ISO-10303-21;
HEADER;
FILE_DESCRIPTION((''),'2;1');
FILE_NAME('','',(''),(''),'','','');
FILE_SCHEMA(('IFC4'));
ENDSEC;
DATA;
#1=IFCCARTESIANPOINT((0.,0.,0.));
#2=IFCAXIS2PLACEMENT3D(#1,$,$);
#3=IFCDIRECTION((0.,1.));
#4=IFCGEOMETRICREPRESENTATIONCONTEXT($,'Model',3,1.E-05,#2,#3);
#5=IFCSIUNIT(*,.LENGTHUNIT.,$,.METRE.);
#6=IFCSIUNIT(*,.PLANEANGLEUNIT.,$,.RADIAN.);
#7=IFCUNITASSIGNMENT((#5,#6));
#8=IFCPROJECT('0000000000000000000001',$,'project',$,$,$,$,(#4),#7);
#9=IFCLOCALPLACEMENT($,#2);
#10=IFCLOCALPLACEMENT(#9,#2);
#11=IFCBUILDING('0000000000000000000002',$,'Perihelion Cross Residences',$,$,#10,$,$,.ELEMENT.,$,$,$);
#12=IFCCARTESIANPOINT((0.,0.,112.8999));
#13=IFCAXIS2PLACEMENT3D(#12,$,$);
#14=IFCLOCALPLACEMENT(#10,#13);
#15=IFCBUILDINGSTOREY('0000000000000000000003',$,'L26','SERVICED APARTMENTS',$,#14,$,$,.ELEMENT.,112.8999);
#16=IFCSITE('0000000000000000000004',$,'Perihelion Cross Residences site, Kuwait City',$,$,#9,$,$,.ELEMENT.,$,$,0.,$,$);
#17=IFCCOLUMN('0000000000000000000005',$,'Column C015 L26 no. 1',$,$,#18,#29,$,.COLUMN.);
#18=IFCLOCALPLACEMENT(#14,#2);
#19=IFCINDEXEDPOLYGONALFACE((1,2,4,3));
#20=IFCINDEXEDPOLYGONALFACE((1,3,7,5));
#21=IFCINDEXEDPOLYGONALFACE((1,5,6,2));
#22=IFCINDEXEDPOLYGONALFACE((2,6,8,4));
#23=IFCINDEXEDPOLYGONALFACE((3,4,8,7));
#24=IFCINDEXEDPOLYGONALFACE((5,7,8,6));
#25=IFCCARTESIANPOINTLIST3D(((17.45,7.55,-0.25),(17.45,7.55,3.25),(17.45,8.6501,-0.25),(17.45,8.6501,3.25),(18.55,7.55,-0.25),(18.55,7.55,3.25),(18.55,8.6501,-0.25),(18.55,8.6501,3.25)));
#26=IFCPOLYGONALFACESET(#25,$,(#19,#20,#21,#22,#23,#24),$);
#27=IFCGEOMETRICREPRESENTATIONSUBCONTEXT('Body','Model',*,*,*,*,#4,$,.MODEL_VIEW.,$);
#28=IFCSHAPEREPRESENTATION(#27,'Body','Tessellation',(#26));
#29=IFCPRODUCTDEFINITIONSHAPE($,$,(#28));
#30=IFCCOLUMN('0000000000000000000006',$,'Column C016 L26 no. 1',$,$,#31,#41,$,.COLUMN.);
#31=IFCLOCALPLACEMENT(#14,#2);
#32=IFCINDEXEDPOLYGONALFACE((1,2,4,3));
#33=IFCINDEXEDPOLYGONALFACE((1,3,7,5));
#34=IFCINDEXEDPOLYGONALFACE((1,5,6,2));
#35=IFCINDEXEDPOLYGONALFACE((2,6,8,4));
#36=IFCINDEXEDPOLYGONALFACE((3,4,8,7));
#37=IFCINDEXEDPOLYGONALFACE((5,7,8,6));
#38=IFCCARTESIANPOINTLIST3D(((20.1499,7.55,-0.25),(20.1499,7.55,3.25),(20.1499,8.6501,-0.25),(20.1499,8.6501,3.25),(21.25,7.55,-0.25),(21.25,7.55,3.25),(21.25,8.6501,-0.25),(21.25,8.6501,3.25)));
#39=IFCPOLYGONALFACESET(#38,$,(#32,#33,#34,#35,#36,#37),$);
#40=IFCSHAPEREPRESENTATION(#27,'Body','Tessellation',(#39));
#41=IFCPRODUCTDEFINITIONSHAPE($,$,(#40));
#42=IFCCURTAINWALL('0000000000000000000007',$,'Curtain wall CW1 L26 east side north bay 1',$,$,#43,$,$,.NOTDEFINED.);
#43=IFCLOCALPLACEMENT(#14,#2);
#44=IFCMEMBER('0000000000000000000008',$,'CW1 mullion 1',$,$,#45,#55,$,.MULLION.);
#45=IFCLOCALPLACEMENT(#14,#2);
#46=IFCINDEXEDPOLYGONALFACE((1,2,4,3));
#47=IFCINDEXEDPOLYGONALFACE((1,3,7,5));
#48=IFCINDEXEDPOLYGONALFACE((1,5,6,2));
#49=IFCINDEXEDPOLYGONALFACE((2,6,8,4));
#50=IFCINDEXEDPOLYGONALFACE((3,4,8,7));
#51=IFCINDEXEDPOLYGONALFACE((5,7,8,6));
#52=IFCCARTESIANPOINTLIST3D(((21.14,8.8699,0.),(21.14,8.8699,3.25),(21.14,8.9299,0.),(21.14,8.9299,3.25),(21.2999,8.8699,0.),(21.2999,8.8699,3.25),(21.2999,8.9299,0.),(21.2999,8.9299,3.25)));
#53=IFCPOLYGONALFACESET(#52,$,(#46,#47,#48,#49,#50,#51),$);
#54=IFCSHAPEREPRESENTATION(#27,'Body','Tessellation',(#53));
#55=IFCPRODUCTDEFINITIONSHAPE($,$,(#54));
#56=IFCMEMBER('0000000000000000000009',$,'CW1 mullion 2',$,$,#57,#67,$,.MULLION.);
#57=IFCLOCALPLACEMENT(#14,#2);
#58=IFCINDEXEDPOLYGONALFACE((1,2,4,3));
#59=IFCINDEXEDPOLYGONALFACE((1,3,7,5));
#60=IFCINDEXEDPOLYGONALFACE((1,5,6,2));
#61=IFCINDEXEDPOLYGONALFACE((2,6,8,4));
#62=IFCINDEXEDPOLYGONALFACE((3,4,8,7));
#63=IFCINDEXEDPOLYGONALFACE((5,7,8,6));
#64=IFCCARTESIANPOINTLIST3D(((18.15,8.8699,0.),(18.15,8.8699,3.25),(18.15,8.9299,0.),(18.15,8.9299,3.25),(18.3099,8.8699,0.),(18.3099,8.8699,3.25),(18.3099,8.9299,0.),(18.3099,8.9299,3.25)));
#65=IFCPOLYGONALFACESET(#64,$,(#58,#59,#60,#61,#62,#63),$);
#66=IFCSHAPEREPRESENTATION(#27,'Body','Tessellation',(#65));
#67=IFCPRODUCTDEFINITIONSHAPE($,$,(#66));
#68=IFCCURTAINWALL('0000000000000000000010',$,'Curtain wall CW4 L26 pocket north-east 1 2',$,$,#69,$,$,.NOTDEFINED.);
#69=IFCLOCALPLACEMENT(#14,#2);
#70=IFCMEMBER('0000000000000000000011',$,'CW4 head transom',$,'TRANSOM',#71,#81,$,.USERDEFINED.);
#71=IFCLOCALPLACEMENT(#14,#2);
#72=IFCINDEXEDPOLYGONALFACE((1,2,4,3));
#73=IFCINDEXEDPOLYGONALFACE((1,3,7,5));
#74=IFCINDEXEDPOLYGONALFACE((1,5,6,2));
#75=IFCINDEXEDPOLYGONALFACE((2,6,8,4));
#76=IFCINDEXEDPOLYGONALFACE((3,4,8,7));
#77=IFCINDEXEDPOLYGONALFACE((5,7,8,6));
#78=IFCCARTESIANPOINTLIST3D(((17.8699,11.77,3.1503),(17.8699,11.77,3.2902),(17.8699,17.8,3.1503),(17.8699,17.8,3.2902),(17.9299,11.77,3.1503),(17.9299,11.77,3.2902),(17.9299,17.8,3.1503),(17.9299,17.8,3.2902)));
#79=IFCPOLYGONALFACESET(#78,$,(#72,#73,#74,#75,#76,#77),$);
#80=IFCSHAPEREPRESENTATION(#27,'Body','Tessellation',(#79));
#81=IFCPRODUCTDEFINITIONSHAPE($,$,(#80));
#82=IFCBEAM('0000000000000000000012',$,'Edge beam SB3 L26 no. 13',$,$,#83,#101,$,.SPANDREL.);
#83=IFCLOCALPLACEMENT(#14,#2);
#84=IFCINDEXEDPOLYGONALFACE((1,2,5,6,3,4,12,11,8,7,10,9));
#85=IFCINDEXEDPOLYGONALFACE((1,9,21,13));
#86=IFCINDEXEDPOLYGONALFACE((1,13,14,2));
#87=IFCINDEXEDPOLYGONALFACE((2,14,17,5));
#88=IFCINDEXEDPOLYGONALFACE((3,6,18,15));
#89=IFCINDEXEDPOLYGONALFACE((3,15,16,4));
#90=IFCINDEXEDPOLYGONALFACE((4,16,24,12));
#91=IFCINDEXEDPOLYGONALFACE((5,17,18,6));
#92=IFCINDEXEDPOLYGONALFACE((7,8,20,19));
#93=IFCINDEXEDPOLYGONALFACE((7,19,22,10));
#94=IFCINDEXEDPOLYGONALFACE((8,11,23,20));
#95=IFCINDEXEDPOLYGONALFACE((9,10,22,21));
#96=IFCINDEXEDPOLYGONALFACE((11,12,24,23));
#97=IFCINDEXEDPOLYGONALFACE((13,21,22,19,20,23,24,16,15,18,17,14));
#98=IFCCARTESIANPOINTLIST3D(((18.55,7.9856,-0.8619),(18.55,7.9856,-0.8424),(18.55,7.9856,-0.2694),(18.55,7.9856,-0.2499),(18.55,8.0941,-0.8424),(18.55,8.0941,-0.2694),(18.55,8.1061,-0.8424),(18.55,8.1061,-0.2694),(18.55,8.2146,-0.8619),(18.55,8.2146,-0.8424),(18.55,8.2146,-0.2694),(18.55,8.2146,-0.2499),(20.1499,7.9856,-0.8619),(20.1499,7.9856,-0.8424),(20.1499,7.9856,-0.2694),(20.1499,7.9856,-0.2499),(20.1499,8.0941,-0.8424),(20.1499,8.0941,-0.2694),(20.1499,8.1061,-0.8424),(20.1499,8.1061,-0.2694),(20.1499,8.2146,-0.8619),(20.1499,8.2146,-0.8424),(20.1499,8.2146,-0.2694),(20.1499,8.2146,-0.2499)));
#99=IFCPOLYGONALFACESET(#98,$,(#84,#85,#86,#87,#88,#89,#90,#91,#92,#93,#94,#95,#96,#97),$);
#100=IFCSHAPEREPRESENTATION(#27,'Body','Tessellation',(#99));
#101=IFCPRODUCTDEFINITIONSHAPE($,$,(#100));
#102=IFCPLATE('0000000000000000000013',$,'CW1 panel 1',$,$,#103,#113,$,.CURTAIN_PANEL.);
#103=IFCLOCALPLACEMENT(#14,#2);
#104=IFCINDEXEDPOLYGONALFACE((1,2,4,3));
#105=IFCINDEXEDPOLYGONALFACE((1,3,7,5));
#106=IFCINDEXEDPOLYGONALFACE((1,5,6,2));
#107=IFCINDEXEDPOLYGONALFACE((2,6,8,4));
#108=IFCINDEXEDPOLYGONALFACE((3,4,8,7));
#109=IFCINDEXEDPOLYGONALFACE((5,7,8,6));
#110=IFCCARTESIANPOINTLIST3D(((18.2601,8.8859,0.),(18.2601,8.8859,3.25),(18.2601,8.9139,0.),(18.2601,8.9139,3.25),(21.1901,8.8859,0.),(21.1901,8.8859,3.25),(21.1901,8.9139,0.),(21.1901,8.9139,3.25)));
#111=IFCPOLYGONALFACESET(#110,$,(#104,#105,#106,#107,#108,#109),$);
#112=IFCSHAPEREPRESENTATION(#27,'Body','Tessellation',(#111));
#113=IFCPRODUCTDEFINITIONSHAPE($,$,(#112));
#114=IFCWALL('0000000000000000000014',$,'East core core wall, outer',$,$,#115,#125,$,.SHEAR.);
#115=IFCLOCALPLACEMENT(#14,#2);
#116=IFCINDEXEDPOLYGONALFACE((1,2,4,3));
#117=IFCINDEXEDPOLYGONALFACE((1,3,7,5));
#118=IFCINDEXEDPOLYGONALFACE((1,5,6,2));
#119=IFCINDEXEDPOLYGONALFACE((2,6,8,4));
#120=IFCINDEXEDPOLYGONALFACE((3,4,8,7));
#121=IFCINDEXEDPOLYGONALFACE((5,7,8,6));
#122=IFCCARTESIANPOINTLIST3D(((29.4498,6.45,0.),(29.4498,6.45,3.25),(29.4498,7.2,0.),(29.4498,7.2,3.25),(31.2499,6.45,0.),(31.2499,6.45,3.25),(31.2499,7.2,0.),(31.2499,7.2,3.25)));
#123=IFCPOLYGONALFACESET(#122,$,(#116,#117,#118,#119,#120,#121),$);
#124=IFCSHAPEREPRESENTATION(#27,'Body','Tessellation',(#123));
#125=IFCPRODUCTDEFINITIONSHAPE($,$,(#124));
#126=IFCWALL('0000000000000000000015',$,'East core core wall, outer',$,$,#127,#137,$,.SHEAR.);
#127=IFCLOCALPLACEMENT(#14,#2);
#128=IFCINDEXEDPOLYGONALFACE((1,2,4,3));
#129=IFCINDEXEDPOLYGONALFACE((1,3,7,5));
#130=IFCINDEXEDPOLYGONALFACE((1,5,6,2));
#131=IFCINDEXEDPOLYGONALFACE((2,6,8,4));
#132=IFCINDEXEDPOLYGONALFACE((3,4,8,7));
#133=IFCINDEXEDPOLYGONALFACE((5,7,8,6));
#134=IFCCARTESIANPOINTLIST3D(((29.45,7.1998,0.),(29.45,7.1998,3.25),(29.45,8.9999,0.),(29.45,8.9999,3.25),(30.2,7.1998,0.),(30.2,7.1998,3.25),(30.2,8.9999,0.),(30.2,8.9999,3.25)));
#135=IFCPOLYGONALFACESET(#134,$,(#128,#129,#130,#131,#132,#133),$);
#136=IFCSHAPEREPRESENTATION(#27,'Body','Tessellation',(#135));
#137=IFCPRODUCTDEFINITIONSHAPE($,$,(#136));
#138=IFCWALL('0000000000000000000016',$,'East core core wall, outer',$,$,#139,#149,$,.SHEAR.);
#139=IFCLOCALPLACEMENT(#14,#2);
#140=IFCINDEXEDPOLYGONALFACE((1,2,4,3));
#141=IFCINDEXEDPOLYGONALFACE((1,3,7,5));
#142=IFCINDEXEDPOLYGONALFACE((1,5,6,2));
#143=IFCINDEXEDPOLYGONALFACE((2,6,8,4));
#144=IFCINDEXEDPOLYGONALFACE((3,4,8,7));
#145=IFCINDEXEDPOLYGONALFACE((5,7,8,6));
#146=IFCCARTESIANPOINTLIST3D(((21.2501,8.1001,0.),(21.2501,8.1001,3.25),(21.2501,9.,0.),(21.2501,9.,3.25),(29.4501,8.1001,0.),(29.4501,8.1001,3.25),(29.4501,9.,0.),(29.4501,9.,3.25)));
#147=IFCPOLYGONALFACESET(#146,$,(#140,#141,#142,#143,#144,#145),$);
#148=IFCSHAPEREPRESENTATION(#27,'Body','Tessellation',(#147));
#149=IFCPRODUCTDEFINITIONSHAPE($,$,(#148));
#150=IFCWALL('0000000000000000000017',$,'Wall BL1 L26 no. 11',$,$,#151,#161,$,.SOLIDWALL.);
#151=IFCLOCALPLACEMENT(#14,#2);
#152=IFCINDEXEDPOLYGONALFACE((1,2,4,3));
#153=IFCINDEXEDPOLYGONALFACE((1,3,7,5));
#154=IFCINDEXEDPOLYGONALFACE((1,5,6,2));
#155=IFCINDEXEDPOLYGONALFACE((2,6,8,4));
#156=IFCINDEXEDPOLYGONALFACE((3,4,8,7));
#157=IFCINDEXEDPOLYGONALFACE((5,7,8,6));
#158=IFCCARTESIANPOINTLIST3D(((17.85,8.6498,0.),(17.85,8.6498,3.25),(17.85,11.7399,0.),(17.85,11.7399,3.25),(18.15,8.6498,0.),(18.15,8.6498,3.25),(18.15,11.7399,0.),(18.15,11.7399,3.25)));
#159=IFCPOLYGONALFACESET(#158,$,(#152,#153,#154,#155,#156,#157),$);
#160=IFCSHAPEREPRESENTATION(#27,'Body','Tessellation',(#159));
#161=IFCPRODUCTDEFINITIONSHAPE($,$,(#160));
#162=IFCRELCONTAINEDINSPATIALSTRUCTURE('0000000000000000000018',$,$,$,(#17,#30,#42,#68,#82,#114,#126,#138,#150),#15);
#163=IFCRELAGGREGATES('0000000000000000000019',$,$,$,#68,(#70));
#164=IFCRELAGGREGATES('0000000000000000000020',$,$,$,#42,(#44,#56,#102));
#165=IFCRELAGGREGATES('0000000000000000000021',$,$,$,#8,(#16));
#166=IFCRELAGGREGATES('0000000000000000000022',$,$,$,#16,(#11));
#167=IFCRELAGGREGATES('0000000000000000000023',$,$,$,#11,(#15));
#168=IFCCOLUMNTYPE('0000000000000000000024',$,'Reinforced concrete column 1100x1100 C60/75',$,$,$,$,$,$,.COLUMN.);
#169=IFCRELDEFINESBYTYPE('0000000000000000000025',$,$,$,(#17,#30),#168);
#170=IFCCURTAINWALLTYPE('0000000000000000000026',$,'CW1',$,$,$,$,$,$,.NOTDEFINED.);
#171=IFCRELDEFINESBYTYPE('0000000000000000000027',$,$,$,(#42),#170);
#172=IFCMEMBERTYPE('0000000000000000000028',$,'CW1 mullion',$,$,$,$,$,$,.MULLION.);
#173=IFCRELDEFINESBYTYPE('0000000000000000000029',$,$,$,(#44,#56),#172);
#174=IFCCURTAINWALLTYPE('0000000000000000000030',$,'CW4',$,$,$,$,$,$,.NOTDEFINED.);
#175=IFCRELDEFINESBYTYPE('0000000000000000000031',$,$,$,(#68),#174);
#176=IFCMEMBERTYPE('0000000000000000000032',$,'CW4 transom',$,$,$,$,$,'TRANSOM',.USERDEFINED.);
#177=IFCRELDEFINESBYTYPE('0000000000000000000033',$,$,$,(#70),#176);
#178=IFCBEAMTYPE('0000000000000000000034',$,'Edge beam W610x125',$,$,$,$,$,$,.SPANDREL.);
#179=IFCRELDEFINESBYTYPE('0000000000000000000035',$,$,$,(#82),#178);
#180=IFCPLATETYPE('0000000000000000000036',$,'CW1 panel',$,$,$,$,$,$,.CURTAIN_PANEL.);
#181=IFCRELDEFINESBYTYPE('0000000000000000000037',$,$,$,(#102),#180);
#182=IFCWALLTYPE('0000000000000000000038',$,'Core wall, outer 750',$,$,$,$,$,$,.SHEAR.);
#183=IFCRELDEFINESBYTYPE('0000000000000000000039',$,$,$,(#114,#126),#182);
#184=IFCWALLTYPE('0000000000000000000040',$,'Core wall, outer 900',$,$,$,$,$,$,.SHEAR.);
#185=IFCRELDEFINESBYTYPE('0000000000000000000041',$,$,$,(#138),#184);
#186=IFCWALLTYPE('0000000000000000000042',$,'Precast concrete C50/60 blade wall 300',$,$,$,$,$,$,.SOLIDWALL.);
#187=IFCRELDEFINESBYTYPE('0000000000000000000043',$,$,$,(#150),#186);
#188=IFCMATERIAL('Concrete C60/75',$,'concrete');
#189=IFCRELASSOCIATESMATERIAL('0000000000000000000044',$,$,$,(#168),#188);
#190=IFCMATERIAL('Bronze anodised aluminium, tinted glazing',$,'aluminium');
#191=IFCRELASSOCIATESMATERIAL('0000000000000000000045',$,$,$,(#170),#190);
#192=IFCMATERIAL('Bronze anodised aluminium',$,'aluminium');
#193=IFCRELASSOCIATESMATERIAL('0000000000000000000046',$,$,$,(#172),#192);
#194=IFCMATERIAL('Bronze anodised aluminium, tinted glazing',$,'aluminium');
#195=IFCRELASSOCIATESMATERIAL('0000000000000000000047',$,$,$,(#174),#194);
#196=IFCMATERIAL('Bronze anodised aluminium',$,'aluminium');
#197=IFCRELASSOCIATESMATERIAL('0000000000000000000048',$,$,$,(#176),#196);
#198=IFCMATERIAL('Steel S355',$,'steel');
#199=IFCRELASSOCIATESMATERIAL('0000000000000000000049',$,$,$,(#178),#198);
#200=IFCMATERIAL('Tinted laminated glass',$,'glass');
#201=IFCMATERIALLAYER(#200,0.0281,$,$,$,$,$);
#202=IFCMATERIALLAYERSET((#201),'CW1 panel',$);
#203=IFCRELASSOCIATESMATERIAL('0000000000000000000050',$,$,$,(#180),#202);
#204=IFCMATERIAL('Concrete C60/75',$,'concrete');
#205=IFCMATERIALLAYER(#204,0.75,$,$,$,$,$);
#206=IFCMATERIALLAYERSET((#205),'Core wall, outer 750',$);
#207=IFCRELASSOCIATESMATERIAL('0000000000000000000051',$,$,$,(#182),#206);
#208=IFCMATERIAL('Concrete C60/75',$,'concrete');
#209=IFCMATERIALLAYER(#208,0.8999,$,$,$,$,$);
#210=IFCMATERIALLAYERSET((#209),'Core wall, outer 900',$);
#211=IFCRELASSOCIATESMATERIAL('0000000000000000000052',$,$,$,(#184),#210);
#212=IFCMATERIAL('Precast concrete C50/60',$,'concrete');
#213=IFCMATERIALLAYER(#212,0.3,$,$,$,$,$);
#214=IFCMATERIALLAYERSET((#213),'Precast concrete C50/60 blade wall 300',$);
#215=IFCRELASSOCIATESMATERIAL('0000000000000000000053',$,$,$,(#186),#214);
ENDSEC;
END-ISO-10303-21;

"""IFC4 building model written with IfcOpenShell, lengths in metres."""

from ifc_helpers import new_model, si_unit, direction, frame, frame_2d, origin, origin_2d, place, context, subcontext, project, spatial, rectangle, i_section, extrude, material, layer, layer_set, material_profile, profile_set, type_object, element, aggregate, save


model = new_model("IFC4")

# Units and contexts
model_context = context("Model", 3, precision=1e-05, world=origin(), true_north=direction((0.0, 1.0)))
body_context = subcontext(model_context, "Body", "Model", "MODEL_VIEW")
ifc_project = project(units=[si_unit("LENGTHUNIT", "METRE"), si_unit("PLANEANGLEUNIT", "RADIAN")], contexts=[model_context])

# Site, building, storey
site_placement = place(None, origin())
site = spatial("IfcSite", under=ifc_project, at=site_placement, Name="Perihelion Cross Residences site, Kuwait City", CompositionType="ELEMENT", RefElevation=0.0)
building_placement = place(site_placement, origin())
building = spatial("IfcBuilding", under=site, at=building_placement, Name="Perihelion Cross Residences", CompositionType="ELEMENT")
storey_placement = place(building_placement, frame((0.0, 0.0, 112.8999)))
storey = spatial("IfcBuildingStorey", under=building, at=storey_placement, Name="L26", Description="SERVICED APARTMENTS", CompositionType="ELEMENT", Elevation=112.8999)

# Columns
ifc_material_1 = material(Name="Concrete C60/75", Category="concrete")
ifc_material_profile_1 = material_profile(ifc_material_1, rectangle(XDim=1.1001, YDim=1.1001, at=origin_2d()), Name="RC 1100x1100")
ifc_profile_set_1 = profile_set([ifc_material_profile_1], Name="Concrete C60/75")
column_type = type_object("IfcColumnType", Name="Reinforced concrete column 1100x1100 C60/75", PredefinedType="COLUMN", material=ifc_profile_set_1)
for number, where, z_axis, x_axis, name in (
    (1, (18.0, 8.1001, -0.25), (0.0, 0.0, 1.0), (1.0, 0.0, 0.0), "Column C015 L26 no. 1"),
    (2, (20.7, 8.1001, -0.25), (0.0, 0.0, 1.0), (1.0, 0.0, 0.0), "Column C016 L26 no. 1"),
):
    element("IfcColumn", number, at=place(storey_placement, frame(where, z_axis=z_axis, x_axis=x_axis)), inside=storey, type_object=column_type, Name=name, PredefinedType="COLUMN", context=body_context, shape_type="SweptSolid", body=[
        extrude(rectangle(XDim=1.1001, YDim=1.1001, at=origin_2d()), origin(), (0.0, 0.0, 1.0), 3.5),
    ])

# Curtain wall, members
ifc_material_2 = material(Name="Bronze anodised aluminium, tinted glazing", Category="aluminium")
curtain_wall_type_1 = type_object("IfcCurtainWallType", Name="CW1", PredefinedType="NOTDEFINED", material=ifc_material_2)
curtain_wall_1_placement = place(storey_placement, origin())
curtain_wall_1 = element("IfcCurtainWall", 3, at=curtain_wall_1_placement, inside=storey, type_object=curtain_wall_type_1, Name="Curtain wall CW1 L26 east side north bay 1", PredefinedType="NOTDEFINED")
ifc_material_3 = material(Name="Bronze anodised aluminium", Category="aluminium")
ifc_material_profile_2 = material_profile(ifc_material_3, rectangle(XDim=0.0601, YDim=0.1599, at=origin_2d()), Name="CW1 mullion")
ifc_profile_set_2 = profile_set([ifc_material_profile_2], Name="Bronze anodised aluminium")
member_type_1 = type_object("IfcMemberType", Name="CW1 mullion", PredefinedType="MULLION", material=ifc_profile_set_2)
member_1_placement = place(storey_placement, frame((21.22, 8.8999, 0.0), z_axis=(0.0, 0.0, 1.0), x_axis=(0.0, -1.0, 0.0)))
member_1 = element("IfcMember", 4, at=member_1_placement, type_object=member_type_1, Name="CW1 mullion 1", PredefinedType="MULLION", context=body_context, shape_type="SweptSolid", body=[
    extrude(rectangle(XDim=0.0601, YDim=0.1599, at=origin_2d()), origin(), (0.0, 0.0, 1.0), 3.25),
])
member_2_placement = place(storey_placement, frame((18.23, 8.8999, 0.0), z_axis=(0.0, 0.0, 1.0), x_axis=(0.0, -1.0, 0.0)))
member_2 = element("IfcMember", 5, at=member_2_placement, type_object=member_type_1, Name="CW1 mullion 2", PredefinedType="MULLION", context=body_context, shape_type="SweptSolid", body=[
    extrude(rectangle(XDim=0.0601, YDim=0.1599, at=origin_2d()), origin(), (0.0, 0.0, 1.0), 3.25),
])

# Curtain wall, member
ifc_material_4 = material(Name="Bronze anodised aluminium, tinted glazing", Category="aluminium")
curtain_wall_type_2 = type_object("IfcCurtainWallType", Name="CW4", PredefinedType="NOTDEFINED", material=ifc_material_4)
curtain_wall_2_placement = place(storey_placement, origin())
curtain_wall_2 = element("IfcCurtainWall", 6, at=curtain_wall_2_placement, inside=storey, type_object=curtain_wall_type_2, Name="Curtain wall CW4 L26 pocket north-east 1 2", PredefinedType="NOTDEFINED")
ifc_material_5 = material(Name="Bronze anodised aluminium", Category="aluminium")
ifc_material_profile_3 = material_profile(ifc_material_5, rectangle(XDim=0.0601, YDim=0.1399, at=origin_2d()), Name="CW4 transom")
ifc_profile_set_3 = profile_set([ifc_material_profile_3], Name="Bronze anodised aluminium")
member_type_2 = type_object("IfcMemberType", Name="CW4 transom", ElementType="TRANSOM", PredefinedType="USERDEFINED", material=ifc_profile_set_3)
member_3_placement = place(storey_placement, frame((17.8999, 17.8, 3.2202), z_axis=(0.0, -1.0, 0.0), x_axis=(1.0, 0.0, 0.0)))
member_3 = element("IfcMember", 7, at=member_3_placement, type_object=member_type_2, Name="CW4 head transom", ObjectType="TRANSOM", PredefinedType="USERDEFINED", context=body_context, shape_type="SweptSolid", body=[
    extrude(rectangle(XDim=0.0601, YDim=0.1399, at=origin_2d()), origin(), (0.0, 0.0, 1.0), 6.03),
])
aggregate(curtain_wall_2, [member_3])

# Beam
ifc_material_6 = material(Name="Steel S355", Category="steel")
ifc_material_profile_4 = material_profile(ifc_material_6, i_section(OverallWidth=0.229, OverallDepth=0.6121, WebThickness=0.012, FlangeThickness=0.0195, at=origin_2d()), Name="W610x125")
ifc_profile_set_4 = profile_set([ifc_material_profile_4], Name="Steel S355")
beam_type = type_object("IfcBeamType", Name="Edge beam W610x125", PredefinedType="SPANDREL", material=ifc_profile_set_4)
beam_placement = place(storey_placement, frame((20.1499, 8.1001, -0.5559), z_axis=(-1.0, 0.0, 0.0), x_axis=(0.0, -1.0, 0.0)))
element("IfcBeam", 8, at=beam_placement, inside=storey, type_object=beam_type, Name="Edge beam SB3 L26 no. 13", PredefinedType="SPANDREL", context=body_context, shape_type="SweptSolid", body=[
    extrude(i_section(OverallWidth=0.229, OverallDepth=0.6121, WebThickness=0.012, FlangeThickness=0.0195, at=origin_2d()), origin(), (0.0, 0.0, 1.0), 1.5999),
])

# Plate
ifc_material_7 = material(Name="Tinted laminated glass", Category="glass")
ifc_layer_1 = layer(ifc_material_7, 0.0281)
ifc_layer_set_1 = layer_set([ifc_layer_1], Name="CW1 panel")
plate_type = type_object("IfcPlateType", Name="CW1 panel", PredefinedType="CURTAIN_PANEL", material=ifc_layer_set_1)
plate_placement = place(storey_placement, frame((19.7251, 8.8999, 0.0), z_axis=(0.0, 0.0, 1.0), x_axis=(-1.0, 0.0, 0.0)))
plate = element("IfcPlate", 9, at=plate_placement, type_object=plate_type, Name="CW1 panel 1", PredefinedType="CURTAIN_PANEL", context=body_context, shape_type="SweptSolid", body=[
    extrude(rectangle(XDim=2.9299, YDim=0.0281, at=origin_2d()), origin(), (0.0, 0.0, 1.0), 3.25),
])
aggregate(curtain_wall_1, [member_1, member_2, plate])

# Walls
ifc_material_8 = material(Name="Concrete C60/75", Category="concrete")
ifc_layer_2 = layer(ifc_material_8, 0.75)
ifc_layer_set_2 = layer_set([ifc_layer_2], Name="Core wall, outer 750")
wall_type_1 = type_object("IfcWallType", Name="Core wall, outer 750", PredefinedType="SHEAR", material=ifc_layer_set_2)
for number, where, z_axis, x_axis, name in (
    (10, (29.45, 6.825, 0.0), (0.0, 0.0, 1.0), (1.0, 0.0, 0.0), "East core core wall, outer"),
    (11, (29.825, 7.2, 0.0), (0.0, 0.0, 1.0), (0.0, 1.0, 0.0), "East core core wall, outer"),
):
    element("IfcWall", number, at=place(storey_placement, frame(where, z_axis=z_axis, x_axis=x_axis)), inside=storey, type_object=wall_type_1, Name=name, PredefinedType="SHEAR", context=body_context, shape_type="SweptSolid", body=[
        extrude(rectangle(XDim=1.8, YDim=0.75, at=frame_2d((0.8999, 0.0))), origin(), (0.0, 0.0, 1.0), 3.25),
    ])
ifc_material_9 = material(Name="Concrete C60/75", Category="concrete")
ifc_layer_3 = layer(ifc_material_9, 0.8999)
ifc_layer_set_3 = layer_set([ifc_layer_3], Name="Core wall, outer 900")
wall_type_2 = type_object("IfcWallType", Name="Core wall, outer 900", PredefinedType="SHEAR", material=ifc_layer_set_3)
wall_1_placement = place(storey_placement, frame((21.25, 8.55, 0.0), z_axis=(0.0, 0.0, 1.0), x_axis=(1.0, 0.0, 0.0)))
element("IfcWall", 12, at=wall_1_placement, inside=storey, type_object=wall_type_2, Name="East core core wall, outer", PredefinedType="SHEAR", context=body_context, shape_type="SweptSolid", body=[
    extrude(rectangle(XDim=8.2, YDim=0.8999, at=frame_2d((4.1001, 0.0))), origin(), (0.0, 0.0, 1.0), 3.25),
])
ifc_material_10 = material(Name="Precast concrete C50/60", Category="concrete")
ifc_layer_4 = layer(ifc_material_10, 0.3)
ifc_layer_set_4 = layer_set([ifc_layer_4], Name="Precast concrete C50/60 blade wall 300")
wall_type_3 = type_object("IfcWallType", Name="Precast concrete C50/60 blade wall 300", PredefinedType="SOLIDWALL", material=ifc_layer_set_4)
wall_2_placement = place(storey_placement, frame((18.0, 8.6499, 0.0), z_axis=(0.0, 0.0, 1.0), x_axis=(0.0, 1.0, 0.0)))
element("IfcWall", 13, at=wall_2_placement, inside=storey, type_object=wall_type_3, Name="Wall BL1 L26 no. 11", PredefinedType="SOLIDWALL", context=body_context, shape_type="SweptSolid", body=[
    extrude(rectangle(XDim=3.0901, YDim=0.3, at=frame_2d((1.5449, 0.0))), origin(), (0.0, 0.0, 1.0), 3.25),
])

save(model, "model.ifc")
